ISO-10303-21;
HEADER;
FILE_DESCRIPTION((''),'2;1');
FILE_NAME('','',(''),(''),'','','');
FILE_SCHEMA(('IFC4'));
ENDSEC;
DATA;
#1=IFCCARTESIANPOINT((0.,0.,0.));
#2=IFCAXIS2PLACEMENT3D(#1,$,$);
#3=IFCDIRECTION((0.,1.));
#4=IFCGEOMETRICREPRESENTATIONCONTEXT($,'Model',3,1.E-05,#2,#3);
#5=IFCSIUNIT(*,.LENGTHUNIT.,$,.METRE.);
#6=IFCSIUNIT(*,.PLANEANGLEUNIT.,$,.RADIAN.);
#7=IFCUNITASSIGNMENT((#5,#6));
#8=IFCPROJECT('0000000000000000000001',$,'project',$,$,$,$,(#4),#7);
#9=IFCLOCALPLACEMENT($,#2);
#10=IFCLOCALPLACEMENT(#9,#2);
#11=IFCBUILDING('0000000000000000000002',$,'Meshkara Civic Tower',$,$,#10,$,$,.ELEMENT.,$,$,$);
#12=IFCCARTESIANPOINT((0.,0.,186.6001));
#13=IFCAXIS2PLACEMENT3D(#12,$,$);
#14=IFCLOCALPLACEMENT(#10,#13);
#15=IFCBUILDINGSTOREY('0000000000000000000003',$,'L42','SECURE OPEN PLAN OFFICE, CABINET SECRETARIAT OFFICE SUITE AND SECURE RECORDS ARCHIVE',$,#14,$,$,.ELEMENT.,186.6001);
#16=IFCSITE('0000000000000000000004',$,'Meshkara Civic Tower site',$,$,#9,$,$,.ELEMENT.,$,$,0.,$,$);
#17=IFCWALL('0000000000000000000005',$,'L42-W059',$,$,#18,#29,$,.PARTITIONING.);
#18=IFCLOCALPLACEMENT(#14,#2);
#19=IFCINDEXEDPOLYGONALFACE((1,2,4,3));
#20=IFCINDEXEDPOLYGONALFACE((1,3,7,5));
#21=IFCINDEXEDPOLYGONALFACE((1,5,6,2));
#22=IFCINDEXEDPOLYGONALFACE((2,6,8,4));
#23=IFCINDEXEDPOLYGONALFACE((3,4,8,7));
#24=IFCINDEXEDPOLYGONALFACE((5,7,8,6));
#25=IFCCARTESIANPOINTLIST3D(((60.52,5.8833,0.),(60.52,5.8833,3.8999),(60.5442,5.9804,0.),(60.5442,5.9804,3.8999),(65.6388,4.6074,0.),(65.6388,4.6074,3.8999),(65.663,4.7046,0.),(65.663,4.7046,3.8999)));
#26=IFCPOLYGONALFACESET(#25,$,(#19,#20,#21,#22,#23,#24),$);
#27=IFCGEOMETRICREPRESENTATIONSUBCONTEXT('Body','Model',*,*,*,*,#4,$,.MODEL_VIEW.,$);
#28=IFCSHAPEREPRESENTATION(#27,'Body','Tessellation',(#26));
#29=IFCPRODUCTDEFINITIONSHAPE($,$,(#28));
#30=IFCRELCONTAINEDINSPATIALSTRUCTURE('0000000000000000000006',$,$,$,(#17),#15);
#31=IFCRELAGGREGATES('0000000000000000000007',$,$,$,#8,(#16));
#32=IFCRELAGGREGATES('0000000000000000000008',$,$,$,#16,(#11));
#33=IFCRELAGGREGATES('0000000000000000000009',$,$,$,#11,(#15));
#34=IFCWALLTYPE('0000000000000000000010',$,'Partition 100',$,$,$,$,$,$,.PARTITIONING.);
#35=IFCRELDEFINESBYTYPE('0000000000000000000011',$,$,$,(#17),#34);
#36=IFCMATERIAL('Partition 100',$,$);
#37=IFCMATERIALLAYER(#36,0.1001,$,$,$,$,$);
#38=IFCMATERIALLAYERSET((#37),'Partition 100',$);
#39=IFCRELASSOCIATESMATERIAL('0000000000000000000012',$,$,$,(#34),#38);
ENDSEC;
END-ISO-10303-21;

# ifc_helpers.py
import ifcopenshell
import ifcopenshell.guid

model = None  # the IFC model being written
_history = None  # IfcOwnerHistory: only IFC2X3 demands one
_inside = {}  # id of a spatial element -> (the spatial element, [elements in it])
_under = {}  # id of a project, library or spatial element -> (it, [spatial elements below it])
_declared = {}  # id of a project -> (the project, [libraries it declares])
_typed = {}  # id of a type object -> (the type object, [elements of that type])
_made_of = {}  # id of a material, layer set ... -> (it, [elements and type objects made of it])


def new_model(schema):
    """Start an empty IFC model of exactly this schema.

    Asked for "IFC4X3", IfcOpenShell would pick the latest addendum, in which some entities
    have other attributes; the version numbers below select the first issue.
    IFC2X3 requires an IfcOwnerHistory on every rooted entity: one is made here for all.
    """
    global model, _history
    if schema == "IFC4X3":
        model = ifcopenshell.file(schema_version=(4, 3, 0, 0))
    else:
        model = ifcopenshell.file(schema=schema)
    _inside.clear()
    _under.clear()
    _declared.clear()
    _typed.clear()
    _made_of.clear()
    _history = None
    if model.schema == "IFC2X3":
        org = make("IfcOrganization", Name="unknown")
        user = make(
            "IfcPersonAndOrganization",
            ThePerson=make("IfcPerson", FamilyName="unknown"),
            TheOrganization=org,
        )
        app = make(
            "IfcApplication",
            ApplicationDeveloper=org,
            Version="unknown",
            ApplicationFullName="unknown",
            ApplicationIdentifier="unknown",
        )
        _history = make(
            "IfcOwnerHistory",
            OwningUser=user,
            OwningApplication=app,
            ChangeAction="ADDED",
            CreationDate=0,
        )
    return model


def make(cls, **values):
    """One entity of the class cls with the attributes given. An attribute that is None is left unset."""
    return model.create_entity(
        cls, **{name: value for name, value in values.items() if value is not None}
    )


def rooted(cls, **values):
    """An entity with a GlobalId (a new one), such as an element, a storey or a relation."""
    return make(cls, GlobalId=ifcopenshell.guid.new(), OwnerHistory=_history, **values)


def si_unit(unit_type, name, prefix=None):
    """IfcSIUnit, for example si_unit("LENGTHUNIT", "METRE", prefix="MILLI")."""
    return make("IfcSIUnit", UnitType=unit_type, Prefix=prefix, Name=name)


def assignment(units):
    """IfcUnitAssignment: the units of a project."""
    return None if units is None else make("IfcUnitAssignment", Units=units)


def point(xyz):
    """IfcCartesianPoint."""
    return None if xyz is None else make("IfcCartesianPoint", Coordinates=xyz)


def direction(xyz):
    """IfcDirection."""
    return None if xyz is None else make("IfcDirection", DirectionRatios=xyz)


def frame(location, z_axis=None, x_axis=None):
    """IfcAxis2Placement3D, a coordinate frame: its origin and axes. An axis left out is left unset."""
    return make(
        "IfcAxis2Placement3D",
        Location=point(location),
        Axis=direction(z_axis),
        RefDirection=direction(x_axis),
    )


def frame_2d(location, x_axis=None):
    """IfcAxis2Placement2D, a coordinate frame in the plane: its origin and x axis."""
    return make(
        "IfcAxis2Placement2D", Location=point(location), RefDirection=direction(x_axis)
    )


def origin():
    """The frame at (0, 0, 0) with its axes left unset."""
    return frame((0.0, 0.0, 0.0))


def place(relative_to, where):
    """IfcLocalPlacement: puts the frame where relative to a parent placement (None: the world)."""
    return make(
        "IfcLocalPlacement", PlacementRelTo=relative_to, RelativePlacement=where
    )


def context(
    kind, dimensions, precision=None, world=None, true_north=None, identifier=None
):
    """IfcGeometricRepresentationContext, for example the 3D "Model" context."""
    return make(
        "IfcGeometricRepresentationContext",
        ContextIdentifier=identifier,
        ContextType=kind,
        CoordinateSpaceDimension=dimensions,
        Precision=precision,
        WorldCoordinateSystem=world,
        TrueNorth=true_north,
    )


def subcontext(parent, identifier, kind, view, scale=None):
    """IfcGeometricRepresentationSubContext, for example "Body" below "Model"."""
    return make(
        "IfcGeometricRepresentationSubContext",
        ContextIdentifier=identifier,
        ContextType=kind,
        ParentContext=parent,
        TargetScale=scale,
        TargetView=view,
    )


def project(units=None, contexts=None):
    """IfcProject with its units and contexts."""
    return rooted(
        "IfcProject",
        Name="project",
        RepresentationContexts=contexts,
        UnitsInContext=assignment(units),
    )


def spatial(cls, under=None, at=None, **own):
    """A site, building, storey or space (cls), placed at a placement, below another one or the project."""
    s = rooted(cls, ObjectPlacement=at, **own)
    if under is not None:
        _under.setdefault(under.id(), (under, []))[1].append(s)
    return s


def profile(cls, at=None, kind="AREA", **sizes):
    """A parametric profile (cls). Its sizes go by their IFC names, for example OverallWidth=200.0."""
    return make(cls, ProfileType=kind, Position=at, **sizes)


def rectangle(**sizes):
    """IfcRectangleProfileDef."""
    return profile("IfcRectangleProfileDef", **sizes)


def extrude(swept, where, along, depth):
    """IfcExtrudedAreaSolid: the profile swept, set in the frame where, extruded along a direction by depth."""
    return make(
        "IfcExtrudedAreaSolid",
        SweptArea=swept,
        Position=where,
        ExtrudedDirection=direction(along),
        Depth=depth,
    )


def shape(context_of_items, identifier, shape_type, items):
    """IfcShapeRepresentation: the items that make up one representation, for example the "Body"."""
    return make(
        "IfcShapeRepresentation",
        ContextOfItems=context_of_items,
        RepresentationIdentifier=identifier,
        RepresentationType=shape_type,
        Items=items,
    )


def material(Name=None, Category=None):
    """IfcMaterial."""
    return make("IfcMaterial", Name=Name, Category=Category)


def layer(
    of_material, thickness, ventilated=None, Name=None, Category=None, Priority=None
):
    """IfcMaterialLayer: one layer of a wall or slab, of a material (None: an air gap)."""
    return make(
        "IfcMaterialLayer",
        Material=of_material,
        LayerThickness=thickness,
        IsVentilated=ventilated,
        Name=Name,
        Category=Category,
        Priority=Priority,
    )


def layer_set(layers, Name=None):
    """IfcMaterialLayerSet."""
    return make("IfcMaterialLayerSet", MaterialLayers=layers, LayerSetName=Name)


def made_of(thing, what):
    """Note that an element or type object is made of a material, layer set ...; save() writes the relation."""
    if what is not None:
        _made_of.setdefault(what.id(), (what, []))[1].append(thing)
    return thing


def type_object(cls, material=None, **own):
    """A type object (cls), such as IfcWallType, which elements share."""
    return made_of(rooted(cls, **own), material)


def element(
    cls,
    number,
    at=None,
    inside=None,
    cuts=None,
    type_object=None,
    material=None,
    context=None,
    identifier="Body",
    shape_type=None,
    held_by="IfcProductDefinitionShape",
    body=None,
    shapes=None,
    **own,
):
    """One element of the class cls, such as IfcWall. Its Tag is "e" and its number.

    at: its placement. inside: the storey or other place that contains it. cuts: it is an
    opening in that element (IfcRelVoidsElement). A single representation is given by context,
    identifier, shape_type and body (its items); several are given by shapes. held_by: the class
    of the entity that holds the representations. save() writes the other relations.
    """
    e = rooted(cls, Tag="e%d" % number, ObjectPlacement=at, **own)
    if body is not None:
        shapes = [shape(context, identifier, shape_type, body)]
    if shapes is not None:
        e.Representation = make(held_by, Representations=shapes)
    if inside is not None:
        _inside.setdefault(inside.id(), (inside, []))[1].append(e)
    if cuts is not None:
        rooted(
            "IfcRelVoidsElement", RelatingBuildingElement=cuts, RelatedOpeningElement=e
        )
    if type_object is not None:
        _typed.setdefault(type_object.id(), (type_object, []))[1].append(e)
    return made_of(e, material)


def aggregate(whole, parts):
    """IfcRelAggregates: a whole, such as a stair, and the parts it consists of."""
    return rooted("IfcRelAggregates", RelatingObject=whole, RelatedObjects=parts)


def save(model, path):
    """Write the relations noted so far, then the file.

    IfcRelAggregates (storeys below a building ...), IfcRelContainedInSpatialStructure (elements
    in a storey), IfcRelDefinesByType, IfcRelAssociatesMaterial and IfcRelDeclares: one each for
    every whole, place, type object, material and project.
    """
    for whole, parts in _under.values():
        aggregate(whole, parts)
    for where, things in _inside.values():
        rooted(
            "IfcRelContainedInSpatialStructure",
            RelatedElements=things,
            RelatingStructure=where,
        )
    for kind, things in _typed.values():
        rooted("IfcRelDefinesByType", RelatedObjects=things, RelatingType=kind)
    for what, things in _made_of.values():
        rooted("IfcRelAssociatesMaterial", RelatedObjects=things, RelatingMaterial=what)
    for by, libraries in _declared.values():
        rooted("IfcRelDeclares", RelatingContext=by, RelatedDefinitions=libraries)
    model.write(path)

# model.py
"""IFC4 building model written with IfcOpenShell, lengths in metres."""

from ifc_helpers import new_model, si_unit, direction, frame, frame_2d, origin, place, context, subcontext, project, spatial, rectangle, extrude, material, layer, layer_set, type_object, element, save


model = new_model("IFC4")

# Units and contexts
model_context = context("Model", 3, precision=1e-05, world=origin(), true_north=direction((0.0, 1.0)))
body_context = subcontext(model_context, "Body", "Model", "MODEL_VIEW")
ifc_project = project(units=[si_unit("LENGTHUNIT", "METRE"), si_unit("PLANEANGLEUNIT", "RADIAN")], contexts=[model_context])

# Site, building, storey
site_placement = place(None, origin())
site = spatial("IfcSite", under=ifc_project, at=site_placement, Name="Meshkara Civic Tower site", CompositionType="ELEMENT", RefElevation=0.0)
building_placement = place(site_placement, origin())
building = spatial("IfcBuilding", under=site, at=building_placement, Name="Meshkara Civic Tower", CompositionType="ELEMENT")
storey_placement = place(building_placement, frame((0.0, 0.0, 186.6001)))
storey = spatial("IfcBuildingStorey", under=building, at=storey_placement, Name="L42", Description="SECURE OPEN PLAN OFFICE, CABINET SECRETARIAT OFFICE SUITE AND SECURE RECORDS ARCHIVE", CompositionType="ELEMENT", Elevation=186.6001)

# Wall
ifc_material_1 = material(Name="Partition 100")
ifc_layer_1 = layer(ifc_material_1, 0.1001)
ifc_layer_set_1 = layer_set([ifc_layer_1], Name="Partition 100")
wall_type_1 = type_object("IfcWallType", Name="Partition 100", PredefinedType="PARTITIONING", material=ifc_layer_set_1)
wall_1_placement = place(storey_placement, frame((65.6509, 4.656, 0.0), z_axis=(0.0, 0.0, 1.0), x_axis=(-0.970314, 0.24185, 0.0)))
element("IfcWall", 1, at=wall_1_placement, inside=storey, type_object=wall_type_1, Name="L42-W059", PredefinedType="PARTITIONING", context=body_context, shape_type="SweptSolid", body=[
    extrude(rectangle(XDim=5.2754, YDim=0.1001, at=frame_2d((2.6377, 0.0))), origin(), (0.0, 0.0, 1.0), 3.8999),
])

save(model, "model.ifc")
